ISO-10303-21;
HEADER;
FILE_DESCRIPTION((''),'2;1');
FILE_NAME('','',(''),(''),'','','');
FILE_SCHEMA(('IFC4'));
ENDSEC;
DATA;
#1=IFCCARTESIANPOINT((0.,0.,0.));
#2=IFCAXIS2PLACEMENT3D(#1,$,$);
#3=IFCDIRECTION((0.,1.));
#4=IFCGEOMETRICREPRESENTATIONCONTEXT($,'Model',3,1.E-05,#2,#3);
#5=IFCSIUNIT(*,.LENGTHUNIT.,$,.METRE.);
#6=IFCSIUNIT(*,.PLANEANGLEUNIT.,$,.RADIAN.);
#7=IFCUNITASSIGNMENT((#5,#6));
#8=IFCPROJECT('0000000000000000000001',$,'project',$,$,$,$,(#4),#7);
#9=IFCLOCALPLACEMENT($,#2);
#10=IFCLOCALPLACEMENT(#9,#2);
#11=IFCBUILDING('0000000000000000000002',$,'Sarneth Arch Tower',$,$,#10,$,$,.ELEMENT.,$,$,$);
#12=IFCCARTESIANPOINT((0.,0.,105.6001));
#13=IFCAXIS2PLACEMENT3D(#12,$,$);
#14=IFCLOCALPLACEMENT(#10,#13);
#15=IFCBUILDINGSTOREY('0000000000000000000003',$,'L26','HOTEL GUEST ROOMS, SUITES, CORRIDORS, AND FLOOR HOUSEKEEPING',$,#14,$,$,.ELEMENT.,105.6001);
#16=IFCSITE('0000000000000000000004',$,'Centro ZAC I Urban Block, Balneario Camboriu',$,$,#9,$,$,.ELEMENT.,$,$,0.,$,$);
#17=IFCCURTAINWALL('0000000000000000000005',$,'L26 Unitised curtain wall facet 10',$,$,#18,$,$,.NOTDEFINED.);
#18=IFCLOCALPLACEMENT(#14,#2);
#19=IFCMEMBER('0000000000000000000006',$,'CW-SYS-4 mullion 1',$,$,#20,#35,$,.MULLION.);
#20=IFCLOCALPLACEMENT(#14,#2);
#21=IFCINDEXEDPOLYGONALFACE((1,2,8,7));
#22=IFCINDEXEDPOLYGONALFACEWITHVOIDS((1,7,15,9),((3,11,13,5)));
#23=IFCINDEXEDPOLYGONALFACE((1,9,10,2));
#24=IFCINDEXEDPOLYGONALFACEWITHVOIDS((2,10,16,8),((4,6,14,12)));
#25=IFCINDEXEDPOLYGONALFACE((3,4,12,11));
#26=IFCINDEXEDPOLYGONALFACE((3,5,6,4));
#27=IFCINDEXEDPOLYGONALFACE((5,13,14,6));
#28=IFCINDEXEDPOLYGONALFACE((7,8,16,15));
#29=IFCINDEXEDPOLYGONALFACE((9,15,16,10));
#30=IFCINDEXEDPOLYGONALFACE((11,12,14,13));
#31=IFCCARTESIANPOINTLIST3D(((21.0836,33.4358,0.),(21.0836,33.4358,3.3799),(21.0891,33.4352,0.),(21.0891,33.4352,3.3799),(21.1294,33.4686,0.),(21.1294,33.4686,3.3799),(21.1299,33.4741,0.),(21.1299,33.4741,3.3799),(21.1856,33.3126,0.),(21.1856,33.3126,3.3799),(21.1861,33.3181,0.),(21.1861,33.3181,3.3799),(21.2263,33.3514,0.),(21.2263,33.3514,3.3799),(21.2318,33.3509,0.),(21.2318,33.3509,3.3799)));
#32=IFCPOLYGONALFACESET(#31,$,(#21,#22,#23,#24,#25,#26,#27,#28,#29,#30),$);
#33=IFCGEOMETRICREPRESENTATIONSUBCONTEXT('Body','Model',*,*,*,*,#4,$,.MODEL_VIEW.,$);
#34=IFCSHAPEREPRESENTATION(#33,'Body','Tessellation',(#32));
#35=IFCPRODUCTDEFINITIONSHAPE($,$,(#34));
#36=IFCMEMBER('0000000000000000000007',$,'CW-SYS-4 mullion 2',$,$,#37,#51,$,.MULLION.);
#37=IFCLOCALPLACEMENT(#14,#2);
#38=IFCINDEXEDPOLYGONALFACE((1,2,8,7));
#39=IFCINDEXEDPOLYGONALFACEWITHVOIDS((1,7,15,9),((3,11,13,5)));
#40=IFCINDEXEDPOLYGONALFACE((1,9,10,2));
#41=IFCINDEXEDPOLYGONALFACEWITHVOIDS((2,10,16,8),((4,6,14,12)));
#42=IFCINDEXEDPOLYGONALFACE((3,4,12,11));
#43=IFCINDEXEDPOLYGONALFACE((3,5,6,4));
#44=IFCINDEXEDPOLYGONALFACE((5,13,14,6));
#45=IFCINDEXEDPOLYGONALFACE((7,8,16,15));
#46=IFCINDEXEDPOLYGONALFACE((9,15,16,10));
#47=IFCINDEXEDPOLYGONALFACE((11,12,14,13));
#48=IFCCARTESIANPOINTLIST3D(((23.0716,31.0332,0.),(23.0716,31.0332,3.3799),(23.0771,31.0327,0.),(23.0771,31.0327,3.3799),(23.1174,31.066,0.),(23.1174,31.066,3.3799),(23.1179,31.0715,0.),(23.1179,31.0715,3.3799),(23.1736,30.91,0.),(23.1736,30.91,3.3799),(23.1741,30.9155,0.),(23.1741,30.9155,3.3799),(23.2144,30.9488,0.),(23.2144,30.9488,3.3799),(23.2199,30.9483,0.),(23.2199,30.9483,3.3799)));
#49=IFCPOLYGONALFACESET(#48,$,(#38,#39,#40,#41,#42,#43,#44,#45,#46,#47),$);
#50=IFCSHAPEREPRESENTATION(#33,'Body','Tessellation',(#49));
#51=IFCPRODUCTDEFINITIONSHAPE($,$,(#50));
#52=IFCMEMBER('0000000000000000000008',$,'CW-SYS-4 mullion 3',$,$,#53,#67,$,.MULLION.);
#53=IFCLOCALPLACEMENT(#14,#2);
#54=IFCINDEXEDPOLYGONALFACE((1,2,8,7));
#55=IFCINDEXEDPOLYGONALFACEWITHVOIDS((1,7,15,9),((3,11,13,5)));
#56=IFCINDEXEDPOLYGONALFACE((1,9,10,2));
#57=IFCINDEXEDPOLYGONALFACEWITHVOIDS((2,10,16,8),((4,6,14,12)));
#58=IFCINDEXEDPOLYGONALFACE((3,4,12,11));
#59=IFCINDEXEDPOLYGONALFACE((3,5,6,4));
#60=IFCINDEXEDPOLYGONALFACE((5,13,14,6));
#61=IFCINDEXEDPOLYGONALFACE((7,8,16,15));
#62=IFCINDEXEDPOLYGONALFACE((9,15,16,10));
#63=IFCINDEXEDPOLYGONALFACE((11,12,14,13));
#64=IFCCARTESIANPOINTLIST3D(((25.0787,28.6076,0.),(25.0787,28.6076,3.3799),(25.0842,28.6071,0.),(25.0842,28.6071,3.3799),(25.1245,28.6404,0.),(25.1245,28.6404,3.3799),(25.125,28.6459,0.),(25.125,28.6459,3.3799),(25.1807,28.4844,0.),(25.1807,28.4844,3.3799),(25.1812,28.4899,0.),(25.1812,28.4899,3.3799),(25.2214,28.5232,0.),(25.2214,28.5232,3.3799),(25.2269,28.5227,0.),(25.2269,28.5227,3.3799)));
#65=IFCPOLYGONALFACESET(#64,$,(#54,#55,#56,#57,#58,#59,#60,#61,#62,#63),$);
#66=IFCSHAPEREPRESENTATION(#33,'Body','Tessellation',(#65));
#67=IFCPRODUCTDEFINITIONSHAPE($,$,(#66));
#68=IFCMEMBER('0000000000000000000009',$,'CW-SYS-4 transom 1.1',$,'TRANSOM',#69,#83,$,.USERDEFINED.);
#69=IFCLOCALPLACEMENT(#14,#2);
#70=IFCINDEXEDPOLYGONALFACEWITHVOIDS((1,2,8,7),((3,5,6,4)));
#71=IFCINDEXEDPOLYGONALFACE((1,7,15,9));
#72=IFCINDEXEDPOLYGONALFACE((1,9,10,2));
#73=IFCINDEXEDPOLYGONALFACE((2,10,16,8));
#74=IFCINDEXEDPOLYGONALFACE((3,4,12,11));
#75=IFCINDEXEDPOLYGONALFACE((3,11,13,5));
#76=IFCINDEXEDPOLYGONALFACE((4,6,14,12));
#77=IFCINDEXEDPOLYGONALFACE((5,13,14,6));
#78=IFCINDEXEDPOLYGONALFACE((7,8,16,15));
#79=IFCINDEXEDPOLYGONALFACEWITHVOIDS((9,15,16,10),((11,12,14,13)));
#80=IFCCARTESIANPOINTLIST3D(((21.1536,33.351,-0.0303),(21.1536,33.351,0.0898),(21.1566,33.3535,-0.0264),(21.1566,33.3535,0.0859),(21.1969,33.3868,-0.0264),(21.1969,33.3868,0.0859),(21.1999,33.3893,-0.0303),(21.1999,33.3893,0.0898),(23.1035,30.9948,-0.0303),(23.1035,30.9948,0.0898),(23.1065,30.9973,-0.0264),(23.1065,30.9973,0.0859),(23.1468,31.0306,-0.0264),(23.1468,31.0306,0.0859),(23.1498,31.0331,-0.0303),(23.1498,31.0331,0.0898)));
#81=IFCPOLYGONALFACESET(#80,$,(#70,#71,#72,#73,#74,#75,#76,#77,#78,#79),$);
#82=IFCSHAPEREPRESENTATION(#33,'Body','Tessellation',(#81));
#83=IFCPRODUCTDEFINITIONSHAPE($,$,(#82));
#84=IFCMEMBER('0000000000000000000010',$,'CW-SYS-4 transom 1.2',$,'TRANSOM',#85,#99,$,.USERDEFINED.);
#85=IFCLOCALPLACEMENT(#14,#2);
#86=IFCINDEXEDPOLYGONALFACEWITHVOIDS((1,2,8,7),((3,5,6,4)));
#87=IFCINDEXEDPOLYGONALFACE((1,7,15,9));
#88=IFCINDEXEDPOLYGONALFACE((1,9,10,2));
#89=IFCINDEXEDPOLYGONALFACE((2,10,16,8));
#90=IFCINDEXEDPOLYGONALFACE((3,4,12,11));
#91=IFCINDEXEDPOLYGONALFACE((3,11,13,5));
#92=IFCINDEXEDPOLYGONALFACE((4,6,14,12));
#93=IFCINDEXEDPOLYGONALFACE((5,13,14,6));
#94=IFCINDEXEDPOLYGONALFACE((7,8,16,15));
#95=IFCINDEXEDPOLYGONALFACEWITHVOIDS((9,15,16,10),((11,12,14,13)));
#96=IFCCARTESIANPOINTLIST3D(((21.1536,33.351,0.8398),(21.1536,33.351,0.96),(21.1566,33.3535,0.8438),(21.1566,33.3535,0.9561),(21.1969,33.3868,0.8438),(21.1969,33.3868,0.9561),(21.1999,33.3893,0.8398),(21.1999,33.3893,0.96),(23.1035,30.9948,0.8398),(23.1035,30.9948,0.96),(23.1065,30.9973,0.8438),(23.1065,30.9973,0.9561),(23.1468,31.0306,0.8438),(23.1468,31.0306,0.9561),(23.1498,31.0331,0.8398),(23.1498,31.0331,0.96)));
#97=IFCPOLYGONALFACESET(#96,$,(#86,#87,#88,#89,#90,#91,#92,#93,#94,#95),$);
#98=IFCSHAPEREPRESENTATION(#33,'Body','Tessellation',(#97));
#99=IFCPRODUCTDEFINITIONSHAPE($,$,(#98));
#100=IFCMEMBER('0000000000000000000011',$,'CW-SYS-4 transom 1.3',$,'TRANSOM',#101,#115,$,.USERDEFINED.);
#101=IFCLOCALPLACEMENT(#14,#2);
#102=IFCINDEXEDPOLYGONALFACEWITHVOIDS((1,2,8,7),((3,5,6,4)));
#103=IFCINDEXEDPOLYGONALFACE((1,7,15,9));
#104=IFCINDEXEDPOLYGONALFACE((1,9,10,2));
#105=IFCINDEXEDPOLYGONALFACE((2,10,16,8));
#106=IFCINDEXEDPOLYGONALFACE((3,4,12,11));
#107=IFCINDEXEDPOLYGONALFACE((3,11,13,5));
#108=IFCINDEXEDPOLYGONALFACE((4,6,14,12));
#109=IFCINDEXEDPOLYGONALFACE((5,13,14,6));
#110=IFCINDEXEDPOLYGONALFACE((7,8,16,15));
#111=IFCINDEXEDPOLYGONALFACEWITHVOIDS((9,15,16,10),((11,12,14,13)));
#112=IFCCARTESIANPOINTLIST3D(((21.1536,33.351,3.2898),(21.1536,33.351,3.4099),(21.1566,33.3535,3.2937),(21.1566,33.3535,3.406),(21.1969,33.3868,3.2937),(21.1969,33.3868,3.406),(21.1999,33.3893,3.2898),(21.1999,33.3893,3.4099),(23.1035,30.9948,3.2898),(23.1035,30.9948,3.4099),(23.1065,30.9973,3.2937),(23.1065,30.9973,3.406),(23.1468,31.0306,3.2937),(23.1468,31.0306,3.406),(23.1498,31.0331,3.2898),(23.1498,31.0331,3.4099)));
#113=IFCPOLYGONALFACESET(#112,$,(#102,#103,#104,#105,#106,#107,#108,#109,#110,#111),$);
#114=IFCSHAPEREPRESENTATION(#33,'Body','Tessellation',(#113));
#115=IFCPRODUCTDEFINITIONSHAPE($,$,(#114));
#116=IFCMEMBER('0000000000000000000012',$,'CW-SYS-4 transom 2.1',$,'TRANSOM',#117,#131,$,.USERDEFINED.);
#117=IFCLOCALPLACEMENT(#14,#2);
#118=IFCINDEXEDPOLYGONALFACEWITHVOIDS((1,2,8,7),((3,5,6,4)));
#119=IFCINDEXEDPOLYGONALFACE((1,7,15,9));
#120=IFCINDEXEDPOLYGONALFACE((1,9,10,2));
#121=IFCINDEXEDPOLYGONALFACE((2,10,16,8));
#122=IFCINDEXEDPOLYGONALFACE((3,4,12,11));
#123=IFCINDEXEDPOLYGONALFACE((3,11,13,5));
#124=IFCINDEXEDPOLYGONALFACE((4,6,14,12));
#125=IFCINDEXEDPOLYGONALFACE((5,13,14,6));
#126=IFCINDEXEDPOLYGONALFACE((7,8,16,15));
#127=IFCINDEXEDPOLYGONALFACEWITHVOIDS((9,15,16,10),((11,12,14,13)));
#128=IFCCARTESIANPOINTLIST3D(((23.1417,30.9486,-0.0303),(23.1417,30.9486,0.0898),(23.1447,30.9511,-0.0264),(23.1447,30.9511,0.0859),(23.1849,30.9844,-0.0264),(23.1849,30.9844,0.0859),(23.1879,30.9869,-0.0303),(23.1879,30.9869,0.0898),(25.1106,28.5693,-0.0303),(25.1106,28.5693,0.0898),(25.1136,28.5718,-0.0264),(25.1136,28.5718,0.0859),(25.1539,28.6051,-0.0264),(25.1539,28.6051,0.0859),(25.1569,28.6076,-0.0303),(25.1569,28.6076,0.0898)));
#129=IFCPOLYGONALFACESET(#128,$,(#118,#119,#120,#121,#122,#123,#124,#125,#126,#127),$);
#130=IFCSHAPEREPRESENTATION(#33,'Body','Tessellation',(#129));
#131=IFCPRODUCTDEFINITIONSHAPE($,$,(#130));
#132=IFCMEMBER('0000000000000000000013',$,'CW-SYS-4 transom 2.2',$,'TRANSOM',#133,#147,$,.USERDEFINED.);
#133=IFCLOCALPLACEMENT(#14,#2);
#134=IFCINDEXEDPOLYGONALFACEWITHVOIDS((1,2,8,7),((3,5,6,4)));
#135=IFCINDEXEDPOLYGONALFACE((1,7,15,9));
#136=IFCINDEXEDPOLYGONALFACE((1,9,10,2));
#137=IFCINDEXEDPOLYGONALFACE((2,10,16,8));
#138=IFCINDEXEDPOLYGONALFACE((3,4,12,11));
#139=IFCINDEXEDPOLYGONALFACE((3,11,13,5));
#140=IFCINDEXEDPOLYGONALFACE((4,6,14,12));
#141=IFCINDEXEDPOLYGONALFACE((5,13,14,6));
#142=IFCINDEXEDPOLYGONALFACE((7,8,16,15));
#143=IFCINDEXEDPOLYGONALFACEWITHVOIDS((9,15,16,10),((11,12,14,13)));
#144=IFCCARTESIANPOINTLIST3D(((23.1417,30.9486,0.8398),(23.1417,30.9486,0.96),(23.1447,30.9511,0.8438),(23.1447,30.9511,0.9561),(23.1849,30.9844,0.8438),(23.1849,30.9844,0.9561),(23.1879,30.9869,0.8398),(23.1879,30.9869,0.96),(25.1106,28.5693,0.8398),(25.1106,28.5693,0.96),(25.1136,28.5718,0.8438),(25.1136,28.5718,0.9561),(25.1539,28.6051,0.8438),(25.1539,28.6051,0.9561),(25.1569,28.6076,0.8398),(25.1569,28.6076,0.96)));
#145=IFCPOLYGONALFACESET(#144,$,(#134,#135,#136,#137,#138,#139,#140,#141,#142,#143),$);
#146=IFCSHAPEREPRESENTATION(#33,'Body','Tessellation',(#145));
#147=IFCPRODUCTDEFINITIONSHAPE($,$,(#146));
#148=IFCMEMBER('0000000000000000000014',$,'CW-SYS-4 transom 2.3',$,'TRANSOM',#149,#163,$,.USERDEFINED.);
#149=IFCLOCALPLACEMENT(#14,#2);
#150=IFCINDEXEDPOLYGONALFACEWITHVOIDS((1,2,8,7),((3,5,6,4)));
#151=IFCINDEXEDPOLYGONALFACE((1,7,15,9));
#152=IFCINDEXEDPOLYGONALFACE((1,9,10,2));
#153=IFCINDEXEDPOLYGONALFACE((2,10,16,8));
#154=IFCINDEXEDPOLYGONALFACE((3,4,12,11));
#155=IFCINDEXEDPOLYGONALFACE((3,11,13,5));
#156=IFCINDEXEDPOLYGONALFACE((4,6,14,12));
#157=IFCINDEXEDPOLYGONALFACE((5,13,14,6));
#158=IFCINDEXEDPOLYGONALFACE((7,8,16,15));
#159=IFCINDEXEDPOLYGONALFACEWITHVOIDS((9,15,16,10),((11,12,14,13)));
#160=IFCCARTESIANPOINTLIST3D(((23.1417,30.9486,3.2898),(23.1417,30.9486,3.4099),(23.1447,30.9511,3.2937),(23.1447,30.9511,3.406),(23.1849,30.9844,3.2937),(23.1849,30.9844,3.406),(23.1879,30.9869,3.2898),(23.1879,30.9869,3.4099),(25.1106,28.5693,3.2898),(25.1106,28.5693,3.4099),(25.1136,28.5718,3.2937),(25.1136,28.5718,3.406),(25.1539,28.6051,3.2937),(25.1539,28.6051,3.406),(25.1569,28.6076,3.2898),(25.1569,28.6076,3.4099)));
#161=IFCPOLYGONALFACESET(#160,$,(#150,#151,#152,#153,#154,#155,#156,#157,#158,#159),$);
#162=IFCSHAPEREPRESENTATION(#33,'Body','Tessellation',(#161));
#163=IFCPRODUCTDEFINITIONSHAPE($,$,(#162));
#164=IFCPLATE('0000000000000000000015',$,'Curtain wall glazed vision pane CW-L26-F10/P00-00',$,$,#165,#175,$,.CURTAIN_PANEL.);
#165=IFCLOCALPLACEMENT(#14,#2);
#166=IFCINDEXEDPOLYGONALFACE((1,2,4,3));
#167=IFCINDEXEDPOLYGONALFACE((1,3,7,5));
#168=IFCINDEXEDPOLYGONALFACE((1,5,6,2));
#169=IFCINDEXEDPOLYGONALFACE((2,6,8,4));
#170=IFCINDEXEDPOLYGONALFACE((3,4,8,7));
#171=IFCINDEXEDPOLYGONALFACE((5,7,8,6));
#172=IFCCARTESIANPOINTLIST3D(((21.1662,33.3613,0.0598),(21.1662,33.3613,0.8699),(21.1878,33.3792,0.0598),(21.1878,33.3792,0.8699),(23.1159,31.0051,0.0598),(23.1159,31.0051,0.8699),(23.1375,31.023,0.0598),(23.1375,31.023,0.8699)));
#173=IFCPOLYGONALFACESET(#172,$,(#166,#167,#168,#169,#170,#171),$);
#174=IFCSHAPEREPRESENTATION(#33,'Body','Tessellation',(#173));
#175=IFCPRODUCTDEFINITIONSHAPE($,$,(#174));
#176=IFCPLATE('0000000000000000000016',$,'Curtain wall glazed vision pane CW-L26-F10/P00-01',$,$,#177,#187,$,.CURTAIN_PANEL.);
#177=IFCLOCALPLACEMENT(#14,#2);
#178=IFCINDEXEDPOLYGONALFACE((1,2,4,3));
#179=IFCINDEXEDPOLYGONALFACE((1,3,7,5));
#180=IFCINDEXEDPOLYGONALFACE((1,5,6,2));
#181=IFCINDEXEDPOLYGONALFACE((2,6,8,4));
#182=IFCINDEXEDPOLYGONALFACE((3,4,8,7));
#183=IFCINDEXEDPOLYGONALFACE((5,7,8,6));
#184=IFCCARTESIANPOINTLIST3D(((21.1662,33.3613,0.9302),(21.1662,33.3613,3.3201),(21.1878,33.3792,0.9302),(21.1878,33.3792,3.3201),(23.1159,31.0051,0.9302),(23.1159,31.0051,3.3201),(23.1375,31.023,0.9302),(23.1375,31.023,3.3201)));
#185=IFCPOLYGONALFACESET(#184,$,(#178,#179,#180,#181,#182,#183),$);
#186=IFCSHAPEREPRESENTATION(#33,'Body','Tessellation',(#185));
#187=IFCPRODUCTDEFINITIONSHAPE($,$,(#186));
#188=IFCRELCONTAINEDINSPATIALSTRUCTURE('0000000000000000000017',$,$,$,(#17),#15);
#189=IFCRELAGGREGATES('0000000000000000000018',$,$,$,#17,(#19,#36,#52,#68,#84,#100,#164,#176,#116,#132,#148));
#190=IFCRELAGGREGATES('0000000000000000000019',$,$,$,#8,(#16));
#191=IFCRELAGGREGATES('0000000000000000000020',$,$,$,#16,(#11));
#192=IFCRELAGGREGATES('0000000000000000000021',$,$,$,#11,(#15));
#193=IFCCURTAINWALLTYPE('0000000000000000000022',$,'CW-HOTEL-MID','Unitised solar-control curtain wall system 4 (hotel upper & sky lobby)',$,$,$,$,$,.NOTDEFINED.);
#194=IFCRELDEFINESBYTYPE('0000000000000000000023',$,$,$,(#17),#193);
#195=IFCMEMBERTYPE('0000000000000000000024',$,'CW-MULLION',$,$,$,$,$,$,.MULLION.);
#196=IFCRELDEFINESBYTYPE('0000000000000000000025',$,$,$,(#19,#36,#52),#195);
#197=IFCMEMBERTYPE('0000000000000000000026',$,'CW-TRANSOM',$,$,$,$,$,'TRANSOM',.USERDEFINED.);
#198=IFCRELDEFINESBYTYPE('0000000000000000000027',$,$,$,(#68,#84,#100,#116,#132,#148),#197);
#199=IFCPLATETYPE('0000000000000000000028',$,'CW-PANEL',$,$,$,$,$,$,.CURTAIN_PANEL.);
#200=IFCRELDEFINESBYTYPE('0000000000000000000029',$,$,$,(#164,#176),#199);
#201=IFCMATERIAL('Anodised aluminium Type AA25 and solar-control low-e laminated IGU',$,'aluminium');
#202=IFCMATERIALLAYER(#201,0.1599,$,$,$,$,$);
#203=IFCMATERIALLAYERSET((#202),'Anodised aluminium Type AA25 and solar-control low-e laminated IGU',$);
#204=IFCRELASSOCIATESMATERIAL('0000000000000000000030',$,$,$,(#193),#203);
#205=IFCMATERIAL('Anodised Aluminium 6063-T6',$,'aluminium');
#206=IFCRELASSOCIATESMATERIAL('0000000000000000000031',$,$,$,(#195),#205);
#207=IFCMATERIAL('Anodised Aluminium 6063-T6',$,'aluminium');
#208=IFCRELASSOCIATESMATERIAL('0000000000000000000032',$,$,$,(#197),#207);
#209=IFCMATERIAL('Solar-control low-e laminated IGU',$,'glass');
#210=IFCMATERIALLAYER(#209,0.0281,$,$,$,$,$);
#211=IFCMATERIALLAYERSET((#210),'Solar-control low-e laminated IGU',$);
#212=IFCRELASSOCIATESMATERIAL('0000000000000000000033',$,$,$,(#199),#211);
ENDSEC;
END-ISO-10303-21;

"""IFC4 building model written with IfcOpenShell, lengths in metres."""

from ifc_helpers import new_model, si_unit, direction, frame, origin, origin_2d, place, context, subcontext, project, spatial, rectangle, hollow_rectangle, extrude, material, layer, layer_set, material_profile, profile_set, type_object, element, aggregate, save


model = new_model("IFC4")

# Units and contexts
model_context = context("Model", 3, precision=1e-05, world=origin(), true_north=direction((0.0, 1.0)))
body_context = subcontext(model_context, "Body", "Model", "MODEL_VIEW")
ifc_project = project(units=[si_unit("LENGTHUNIT", "METRE"), si_unit("PLANEANGLEUNIT", "RADIAN")], contexts=[model_context])

# Site, building, storey
site_placement = place(None, origin())
site = spatial("IfcSite", under=ifc_project, at=site_placement, Name="Centro ZAC I Urban Block, Balneario Camboriu", CompositionType="ELEMENT", RefElevation=0.0)
building_placement = place(site_placement, origin())
building = spatial("IfcBuilding", under=site, at=building_placement, Name="Sarneth Arch Tower", CompositionType="ELEMENT")
storey_placement = place(building_placement, frame((0.0, 0.0, 105.6001)))
storey = spatial("IfcBuildingStorey", under=building, at=storey_placement, Name="L26", Description="HOTEL GUEST ROOMS, SUITES, CORRIDORS, AND FLOOR HOUSEKEEPING", CompositionType="ELEMENT", Elevation=105.6001)

# Curtain wall, members, plates
ifc_material_1 = material(Name="Anodised aluminium Type AA25 and solar-control low-e laminated IGU", Category="aluminium")
ifc_layer_1 = layer(ifc_material_1, 0.1599)
ifc_layer_set_1 = layer_set([ifc_layer_1], Name="Anodised aluminium Type AA25 and solar-control low-e laminated IGU")
curtain_wall_type = type_object("IfcCurtainWallType", Name="CW-HOTEL-MID", Description="Unitised solar-control curtain wall system 4 (hotel upper & sky lobby)", PredefinedType="NOTDEFINED", material=ifc_layer_set_1)
curtain_wall_placement = place(storey_placement, origin())
curtain_wall = element("IfcCurtainWall", 1, at=curtain_wall_placement, inside=storey, type_object=curtain_wall_type, Name="L26 Unitised curtain wall facet 10", PredefinedType="NOTDEFINED")
ifc_material_2 = material(Name="Anodised Aluminium 6063-T6", Category="aluminium")
ifc_material_profile_1 = material_profile(ifc_material_2, hollow_rectangle(XDim=0.0601, YDim=0.1599, WallThickness=0.0039, at=origin_2d()), Name="AL-MULL-160x60x4")
ifc_profile_set_1 = profile_set([ifc_material_profile_1], Name="Anodised Aluminium 6063-T6")
member_type_1 = type_object("IfcMemberType", Name="CW-MULLION", PredefinedType="MULLION", material=ifc_profile_set_1)
member_1_placement = place(storey_placement, frame((21.1577, 33.3933, 0.0), z_axis=(0.0, 0.0, 1.0), x_axis=(0.770438, 0.637515, 0.0)))
member_1 = element("IfcMember", 2, at=member_1_placement, type_object=member_type_1, Name="CW-SYS-4 mullion 1", PredefinedType="MULLION", context=body_context, shape_type="SweptSolid", body=[
    extrude(hollow_rectangle(XDim=0.0601, YDim=0.1599, WallThickness=0.0039, at=origin_2d()), origin(), (0.0, 0.0, 1.0), 3.3799),
])
member_2_placement = place(storey_placement, frame((23.1458, 30.9907, 0.0), z_axis=(0.0, 0.0, 1.0), x_axis=(0.770438, 0.637515, 0.0)))
member_2 = element("IfcMember", 3, at=member_2_placement, type_object=member_type_1, Name="CW-SYS-4 mullion 2", PredefinedType="MULLION", context=body_context, shape_type="SweptSolid", body=[
    extrude(hollow_rectangle(XDim=0.0601, YDim=0.1599, WallThickness=0.0039, at=origin_2d()), origin(), (0.0, 0.0, 1.0), 3.3799),
])
member_3_placement = place(storey_placement, frame((25.1528, 28.5652, 0.0), z_axis=(0.0, 0.0, 1.0), x_axis=(0.770438, 0.637515, 0.0)))
member_3 = element("IfcMember", 4, at=member_3_placement, type_object=member_type_1, Name="CW-SYS-4 mullion 3", PredefinedType="MULLION", context=body_context, shape_type="SweptSolid", body=[
    extrude(hollow_rectangle(XDim=0.0601, YDim=0.1599, WallThickness=0.0039, at=origin_2d()), origin(), (0.0, 0.0, 1.0), 3.3799),
])
ifc_material_3 = material(Name="Anodised Aluminium 6063-T6", Category="aluminium")
ifc_material_profile_2 = material_profile(ifc_material_3, hollow_rectangle(XDim=0.0601, YDim=0.1201, WallThickness=0.0039, at=origin_2d()), Name="AL-TRAN-120x60x4")
ifc_profile_set_2 = profile_set([ifc_material_profile_2], Name="Anodised Aluminium 6063-T6")
member_type_2 = type_object("IfcMemberType", Name="CW-TRANSOM", ElementType="TRANSOM", PredefinedType="USERDEFINED", material=ifc_profile_set_2)
member_4_placement = place(storey_placement, frame((21.1768, 33.3701, 0.0298), z_axis=(0.637566, -0.770396, 0.0), x_axis=(0.770396, 0.637566, 0.0)))
member_4 = element("IfcMember", 5, at=member_4_placement, type_object=member_type_2, Name="CW-SYS-4 transom 1.1", ObjectType="TRANSOM", PredefinedType="USERDEFINED", context=body_context, shape_type="SweptSolid", body=[
    extrude(hollow_rectangle(XDim=0.0601, YDim=0.1201, WallThickness=0.0039, at=origin_2d()), origin(), (0.0, 0.0, 1.0), 3.0583),
])
member_5_placement = place(storey_placement, frame((21.1768, 33.3701, 0.8999), z_axis=(0.637566, -0.770396, 0.0), x_axis=(0.770396, 0.637566, 0.0)))
member_5 = element("IfcMember", 6, at=member_5_placement, type_object=member_type_2, Name="CW-SYS-4 transom 1.2", ObjectType="TRANSOM", PredefinedType="USERDEFINED", context=body_context, shape_type="SweptSolid", body=[
    extrude(hollow_rectangle(XDim=0.0601, YDim=0.1201, WallThickness=0.0039, at=origin_2d()), origin(), (0.0, 0.0, 1.0), 3.0583),
])
member_6_placement = place(storey_placement, frame((21.1768, 33.3701, 3.3499), z_axis=(0.637566, -0.770396, 0.0), x_axis=(0.770396, 0.637566, 0.0)))
member_6 = element("IfcMember", 7, at=member_6_placement, type_object=member_type_2, Name="CW-SYS-4 transom 1.3", ObjectType="TRANSOM", PredefinedType="USERDEFINED", context=body_context, shape_type="SweptSolid", body=[
    extrude(hollow_rectangle(XDim=0.0601, YDim=0.1201, WallThickness=0.0039, at=origin_2d()), origin(), (0.0, 0.0, 1.0), 3.0583),
])
member_7_placement = place(storey_placement, frame((23.1648, 30.9678, 0.0298), z_axis=(0.637537, -0.77042, 0.0), x_axis=(0.77042, 0.637537, 0.0)))
member_7 = element("IfcMember", 8, at=member_7_placement, type_object=member_type_2, Name="CW-SYS-4 transom 2.1", ObjectType="TRANSOM", PredefinedType="USERDEFINED", context=body_context, shape_type="SweptSolid", body=[
    extrude(hollow_rectangle(XDim=0.0601, YDim=0.1201, WallThickness=0.0039, at=origin_2d()), origin(), (0.0, 0.0, 1.0), 3.0884),
])
member_8_placement = place(storey_placement, frame((23.1648, 30.9678, 0.8999), z_axis=(0.637537, -0.77042, 0.0), x_axis=(0.77042, 0.637537, 0.0)))
member_8 = element("IfcMember", 9, at=member_8_placement, type_object=member_type_2, Name="CW-SYS-4 transom 2.2", ObjectType="TRANSOM", PredefinedType="USERDEFINED", context=body_context, shape_type="SweptSolid", body=[
    extrude(hollow_rectangle(XDim=0.0601, YDim=0.1201, WallThickness=0.0039, at=origin_2d()), origin(), (0.0, 0.0, 1.0), 3.0884),
])
member_9_placement = place(storey_placement, frame((23.1648, 30.9678, 3.3499), z_axis=(0.637537, -0.77042, 0.0), x_axis=(0.77042, 0.637537, 0.0)))
member_9 = element("IfcMember", 10, at=member_9_placement, type_object=member_type_2, Name="CW-SYS-4 transom 2.3", ObjectType="TRANSOM", PredefinedType="USERDEFINED", context=body_context, shape_type="SweptSolid", body=[
    extrude(hollow_rectangle(XDim=0.0601, YDim=0.1201, WallThickness=0.0039, at=origin_2d()), origin(), (0.0, 0.0, 1.0), 3.0884),
])
ifc_material_4 = material(Name="Solar-control low-e laminated IGU", Category="glass")
ifc_layer_2 = layer(ifc_material_4, 0.0281)
ifc_layer_set_2 = layer_set([ifc_layer_2], Name="Solar-control low-e laminated IGU")
plate_type_1 = type_object("IfcPlateType", Name="CW-PANEL", PredefinedType="CURTAIN_PANEL", material=ifc_layer_set_2)
plate_1_placement = place(storey_placement, frame((22.1519, 32.1921, 0.0598), z_axis=(0.0, 0.0, 1.0), x_axis=(0.637515, -0.770438, 0.0)))
plate_1 = element("IfcPlate", 11, at=plate_1_placement, type_object=plate_type_1, Name="Curtain wall glazed vision pane CW-L26-F10/P00-00", PredefinedType="CURTAIN_PANEL", context=body_context, shape_type="SweptSolid", body=[
    extrude(rectangle(XDim=3.0583, YDim=0.0281, at=origin_2d()), origin(), (0.0, 0.0, 1.0), 0.8101),
])
plate_2_placement = place(storey_placement, frame((22.1519, 32.1921, 0.9302), z_axis=(0.0, 0.0, 1.0), x_axis=(0.637515, -0.770438, 0.0)))
plate_2 = element("IfcPlate", 12, at=plate_2_placement, type_object=plate_type_1, Name="Curtain wall glazed vision pane CW-L26-F10/P00-01", PredefinedType="CURTAIN_PANEL", context=body_context, shape_type="SweptSolid", body=[
    extrude(rectangle(XDim=3.0583, YDim=0.0281, at=origin_2d()), origin(), (0.0, 0.0, 1.0), 2.3899),
])
aggregate(curtain_wall, [member_1, member_2, member_3, member_4, member_5, member_6, plate_1, plate_2, member_7, member_8, member_9])

save(model, "model.ifc")
